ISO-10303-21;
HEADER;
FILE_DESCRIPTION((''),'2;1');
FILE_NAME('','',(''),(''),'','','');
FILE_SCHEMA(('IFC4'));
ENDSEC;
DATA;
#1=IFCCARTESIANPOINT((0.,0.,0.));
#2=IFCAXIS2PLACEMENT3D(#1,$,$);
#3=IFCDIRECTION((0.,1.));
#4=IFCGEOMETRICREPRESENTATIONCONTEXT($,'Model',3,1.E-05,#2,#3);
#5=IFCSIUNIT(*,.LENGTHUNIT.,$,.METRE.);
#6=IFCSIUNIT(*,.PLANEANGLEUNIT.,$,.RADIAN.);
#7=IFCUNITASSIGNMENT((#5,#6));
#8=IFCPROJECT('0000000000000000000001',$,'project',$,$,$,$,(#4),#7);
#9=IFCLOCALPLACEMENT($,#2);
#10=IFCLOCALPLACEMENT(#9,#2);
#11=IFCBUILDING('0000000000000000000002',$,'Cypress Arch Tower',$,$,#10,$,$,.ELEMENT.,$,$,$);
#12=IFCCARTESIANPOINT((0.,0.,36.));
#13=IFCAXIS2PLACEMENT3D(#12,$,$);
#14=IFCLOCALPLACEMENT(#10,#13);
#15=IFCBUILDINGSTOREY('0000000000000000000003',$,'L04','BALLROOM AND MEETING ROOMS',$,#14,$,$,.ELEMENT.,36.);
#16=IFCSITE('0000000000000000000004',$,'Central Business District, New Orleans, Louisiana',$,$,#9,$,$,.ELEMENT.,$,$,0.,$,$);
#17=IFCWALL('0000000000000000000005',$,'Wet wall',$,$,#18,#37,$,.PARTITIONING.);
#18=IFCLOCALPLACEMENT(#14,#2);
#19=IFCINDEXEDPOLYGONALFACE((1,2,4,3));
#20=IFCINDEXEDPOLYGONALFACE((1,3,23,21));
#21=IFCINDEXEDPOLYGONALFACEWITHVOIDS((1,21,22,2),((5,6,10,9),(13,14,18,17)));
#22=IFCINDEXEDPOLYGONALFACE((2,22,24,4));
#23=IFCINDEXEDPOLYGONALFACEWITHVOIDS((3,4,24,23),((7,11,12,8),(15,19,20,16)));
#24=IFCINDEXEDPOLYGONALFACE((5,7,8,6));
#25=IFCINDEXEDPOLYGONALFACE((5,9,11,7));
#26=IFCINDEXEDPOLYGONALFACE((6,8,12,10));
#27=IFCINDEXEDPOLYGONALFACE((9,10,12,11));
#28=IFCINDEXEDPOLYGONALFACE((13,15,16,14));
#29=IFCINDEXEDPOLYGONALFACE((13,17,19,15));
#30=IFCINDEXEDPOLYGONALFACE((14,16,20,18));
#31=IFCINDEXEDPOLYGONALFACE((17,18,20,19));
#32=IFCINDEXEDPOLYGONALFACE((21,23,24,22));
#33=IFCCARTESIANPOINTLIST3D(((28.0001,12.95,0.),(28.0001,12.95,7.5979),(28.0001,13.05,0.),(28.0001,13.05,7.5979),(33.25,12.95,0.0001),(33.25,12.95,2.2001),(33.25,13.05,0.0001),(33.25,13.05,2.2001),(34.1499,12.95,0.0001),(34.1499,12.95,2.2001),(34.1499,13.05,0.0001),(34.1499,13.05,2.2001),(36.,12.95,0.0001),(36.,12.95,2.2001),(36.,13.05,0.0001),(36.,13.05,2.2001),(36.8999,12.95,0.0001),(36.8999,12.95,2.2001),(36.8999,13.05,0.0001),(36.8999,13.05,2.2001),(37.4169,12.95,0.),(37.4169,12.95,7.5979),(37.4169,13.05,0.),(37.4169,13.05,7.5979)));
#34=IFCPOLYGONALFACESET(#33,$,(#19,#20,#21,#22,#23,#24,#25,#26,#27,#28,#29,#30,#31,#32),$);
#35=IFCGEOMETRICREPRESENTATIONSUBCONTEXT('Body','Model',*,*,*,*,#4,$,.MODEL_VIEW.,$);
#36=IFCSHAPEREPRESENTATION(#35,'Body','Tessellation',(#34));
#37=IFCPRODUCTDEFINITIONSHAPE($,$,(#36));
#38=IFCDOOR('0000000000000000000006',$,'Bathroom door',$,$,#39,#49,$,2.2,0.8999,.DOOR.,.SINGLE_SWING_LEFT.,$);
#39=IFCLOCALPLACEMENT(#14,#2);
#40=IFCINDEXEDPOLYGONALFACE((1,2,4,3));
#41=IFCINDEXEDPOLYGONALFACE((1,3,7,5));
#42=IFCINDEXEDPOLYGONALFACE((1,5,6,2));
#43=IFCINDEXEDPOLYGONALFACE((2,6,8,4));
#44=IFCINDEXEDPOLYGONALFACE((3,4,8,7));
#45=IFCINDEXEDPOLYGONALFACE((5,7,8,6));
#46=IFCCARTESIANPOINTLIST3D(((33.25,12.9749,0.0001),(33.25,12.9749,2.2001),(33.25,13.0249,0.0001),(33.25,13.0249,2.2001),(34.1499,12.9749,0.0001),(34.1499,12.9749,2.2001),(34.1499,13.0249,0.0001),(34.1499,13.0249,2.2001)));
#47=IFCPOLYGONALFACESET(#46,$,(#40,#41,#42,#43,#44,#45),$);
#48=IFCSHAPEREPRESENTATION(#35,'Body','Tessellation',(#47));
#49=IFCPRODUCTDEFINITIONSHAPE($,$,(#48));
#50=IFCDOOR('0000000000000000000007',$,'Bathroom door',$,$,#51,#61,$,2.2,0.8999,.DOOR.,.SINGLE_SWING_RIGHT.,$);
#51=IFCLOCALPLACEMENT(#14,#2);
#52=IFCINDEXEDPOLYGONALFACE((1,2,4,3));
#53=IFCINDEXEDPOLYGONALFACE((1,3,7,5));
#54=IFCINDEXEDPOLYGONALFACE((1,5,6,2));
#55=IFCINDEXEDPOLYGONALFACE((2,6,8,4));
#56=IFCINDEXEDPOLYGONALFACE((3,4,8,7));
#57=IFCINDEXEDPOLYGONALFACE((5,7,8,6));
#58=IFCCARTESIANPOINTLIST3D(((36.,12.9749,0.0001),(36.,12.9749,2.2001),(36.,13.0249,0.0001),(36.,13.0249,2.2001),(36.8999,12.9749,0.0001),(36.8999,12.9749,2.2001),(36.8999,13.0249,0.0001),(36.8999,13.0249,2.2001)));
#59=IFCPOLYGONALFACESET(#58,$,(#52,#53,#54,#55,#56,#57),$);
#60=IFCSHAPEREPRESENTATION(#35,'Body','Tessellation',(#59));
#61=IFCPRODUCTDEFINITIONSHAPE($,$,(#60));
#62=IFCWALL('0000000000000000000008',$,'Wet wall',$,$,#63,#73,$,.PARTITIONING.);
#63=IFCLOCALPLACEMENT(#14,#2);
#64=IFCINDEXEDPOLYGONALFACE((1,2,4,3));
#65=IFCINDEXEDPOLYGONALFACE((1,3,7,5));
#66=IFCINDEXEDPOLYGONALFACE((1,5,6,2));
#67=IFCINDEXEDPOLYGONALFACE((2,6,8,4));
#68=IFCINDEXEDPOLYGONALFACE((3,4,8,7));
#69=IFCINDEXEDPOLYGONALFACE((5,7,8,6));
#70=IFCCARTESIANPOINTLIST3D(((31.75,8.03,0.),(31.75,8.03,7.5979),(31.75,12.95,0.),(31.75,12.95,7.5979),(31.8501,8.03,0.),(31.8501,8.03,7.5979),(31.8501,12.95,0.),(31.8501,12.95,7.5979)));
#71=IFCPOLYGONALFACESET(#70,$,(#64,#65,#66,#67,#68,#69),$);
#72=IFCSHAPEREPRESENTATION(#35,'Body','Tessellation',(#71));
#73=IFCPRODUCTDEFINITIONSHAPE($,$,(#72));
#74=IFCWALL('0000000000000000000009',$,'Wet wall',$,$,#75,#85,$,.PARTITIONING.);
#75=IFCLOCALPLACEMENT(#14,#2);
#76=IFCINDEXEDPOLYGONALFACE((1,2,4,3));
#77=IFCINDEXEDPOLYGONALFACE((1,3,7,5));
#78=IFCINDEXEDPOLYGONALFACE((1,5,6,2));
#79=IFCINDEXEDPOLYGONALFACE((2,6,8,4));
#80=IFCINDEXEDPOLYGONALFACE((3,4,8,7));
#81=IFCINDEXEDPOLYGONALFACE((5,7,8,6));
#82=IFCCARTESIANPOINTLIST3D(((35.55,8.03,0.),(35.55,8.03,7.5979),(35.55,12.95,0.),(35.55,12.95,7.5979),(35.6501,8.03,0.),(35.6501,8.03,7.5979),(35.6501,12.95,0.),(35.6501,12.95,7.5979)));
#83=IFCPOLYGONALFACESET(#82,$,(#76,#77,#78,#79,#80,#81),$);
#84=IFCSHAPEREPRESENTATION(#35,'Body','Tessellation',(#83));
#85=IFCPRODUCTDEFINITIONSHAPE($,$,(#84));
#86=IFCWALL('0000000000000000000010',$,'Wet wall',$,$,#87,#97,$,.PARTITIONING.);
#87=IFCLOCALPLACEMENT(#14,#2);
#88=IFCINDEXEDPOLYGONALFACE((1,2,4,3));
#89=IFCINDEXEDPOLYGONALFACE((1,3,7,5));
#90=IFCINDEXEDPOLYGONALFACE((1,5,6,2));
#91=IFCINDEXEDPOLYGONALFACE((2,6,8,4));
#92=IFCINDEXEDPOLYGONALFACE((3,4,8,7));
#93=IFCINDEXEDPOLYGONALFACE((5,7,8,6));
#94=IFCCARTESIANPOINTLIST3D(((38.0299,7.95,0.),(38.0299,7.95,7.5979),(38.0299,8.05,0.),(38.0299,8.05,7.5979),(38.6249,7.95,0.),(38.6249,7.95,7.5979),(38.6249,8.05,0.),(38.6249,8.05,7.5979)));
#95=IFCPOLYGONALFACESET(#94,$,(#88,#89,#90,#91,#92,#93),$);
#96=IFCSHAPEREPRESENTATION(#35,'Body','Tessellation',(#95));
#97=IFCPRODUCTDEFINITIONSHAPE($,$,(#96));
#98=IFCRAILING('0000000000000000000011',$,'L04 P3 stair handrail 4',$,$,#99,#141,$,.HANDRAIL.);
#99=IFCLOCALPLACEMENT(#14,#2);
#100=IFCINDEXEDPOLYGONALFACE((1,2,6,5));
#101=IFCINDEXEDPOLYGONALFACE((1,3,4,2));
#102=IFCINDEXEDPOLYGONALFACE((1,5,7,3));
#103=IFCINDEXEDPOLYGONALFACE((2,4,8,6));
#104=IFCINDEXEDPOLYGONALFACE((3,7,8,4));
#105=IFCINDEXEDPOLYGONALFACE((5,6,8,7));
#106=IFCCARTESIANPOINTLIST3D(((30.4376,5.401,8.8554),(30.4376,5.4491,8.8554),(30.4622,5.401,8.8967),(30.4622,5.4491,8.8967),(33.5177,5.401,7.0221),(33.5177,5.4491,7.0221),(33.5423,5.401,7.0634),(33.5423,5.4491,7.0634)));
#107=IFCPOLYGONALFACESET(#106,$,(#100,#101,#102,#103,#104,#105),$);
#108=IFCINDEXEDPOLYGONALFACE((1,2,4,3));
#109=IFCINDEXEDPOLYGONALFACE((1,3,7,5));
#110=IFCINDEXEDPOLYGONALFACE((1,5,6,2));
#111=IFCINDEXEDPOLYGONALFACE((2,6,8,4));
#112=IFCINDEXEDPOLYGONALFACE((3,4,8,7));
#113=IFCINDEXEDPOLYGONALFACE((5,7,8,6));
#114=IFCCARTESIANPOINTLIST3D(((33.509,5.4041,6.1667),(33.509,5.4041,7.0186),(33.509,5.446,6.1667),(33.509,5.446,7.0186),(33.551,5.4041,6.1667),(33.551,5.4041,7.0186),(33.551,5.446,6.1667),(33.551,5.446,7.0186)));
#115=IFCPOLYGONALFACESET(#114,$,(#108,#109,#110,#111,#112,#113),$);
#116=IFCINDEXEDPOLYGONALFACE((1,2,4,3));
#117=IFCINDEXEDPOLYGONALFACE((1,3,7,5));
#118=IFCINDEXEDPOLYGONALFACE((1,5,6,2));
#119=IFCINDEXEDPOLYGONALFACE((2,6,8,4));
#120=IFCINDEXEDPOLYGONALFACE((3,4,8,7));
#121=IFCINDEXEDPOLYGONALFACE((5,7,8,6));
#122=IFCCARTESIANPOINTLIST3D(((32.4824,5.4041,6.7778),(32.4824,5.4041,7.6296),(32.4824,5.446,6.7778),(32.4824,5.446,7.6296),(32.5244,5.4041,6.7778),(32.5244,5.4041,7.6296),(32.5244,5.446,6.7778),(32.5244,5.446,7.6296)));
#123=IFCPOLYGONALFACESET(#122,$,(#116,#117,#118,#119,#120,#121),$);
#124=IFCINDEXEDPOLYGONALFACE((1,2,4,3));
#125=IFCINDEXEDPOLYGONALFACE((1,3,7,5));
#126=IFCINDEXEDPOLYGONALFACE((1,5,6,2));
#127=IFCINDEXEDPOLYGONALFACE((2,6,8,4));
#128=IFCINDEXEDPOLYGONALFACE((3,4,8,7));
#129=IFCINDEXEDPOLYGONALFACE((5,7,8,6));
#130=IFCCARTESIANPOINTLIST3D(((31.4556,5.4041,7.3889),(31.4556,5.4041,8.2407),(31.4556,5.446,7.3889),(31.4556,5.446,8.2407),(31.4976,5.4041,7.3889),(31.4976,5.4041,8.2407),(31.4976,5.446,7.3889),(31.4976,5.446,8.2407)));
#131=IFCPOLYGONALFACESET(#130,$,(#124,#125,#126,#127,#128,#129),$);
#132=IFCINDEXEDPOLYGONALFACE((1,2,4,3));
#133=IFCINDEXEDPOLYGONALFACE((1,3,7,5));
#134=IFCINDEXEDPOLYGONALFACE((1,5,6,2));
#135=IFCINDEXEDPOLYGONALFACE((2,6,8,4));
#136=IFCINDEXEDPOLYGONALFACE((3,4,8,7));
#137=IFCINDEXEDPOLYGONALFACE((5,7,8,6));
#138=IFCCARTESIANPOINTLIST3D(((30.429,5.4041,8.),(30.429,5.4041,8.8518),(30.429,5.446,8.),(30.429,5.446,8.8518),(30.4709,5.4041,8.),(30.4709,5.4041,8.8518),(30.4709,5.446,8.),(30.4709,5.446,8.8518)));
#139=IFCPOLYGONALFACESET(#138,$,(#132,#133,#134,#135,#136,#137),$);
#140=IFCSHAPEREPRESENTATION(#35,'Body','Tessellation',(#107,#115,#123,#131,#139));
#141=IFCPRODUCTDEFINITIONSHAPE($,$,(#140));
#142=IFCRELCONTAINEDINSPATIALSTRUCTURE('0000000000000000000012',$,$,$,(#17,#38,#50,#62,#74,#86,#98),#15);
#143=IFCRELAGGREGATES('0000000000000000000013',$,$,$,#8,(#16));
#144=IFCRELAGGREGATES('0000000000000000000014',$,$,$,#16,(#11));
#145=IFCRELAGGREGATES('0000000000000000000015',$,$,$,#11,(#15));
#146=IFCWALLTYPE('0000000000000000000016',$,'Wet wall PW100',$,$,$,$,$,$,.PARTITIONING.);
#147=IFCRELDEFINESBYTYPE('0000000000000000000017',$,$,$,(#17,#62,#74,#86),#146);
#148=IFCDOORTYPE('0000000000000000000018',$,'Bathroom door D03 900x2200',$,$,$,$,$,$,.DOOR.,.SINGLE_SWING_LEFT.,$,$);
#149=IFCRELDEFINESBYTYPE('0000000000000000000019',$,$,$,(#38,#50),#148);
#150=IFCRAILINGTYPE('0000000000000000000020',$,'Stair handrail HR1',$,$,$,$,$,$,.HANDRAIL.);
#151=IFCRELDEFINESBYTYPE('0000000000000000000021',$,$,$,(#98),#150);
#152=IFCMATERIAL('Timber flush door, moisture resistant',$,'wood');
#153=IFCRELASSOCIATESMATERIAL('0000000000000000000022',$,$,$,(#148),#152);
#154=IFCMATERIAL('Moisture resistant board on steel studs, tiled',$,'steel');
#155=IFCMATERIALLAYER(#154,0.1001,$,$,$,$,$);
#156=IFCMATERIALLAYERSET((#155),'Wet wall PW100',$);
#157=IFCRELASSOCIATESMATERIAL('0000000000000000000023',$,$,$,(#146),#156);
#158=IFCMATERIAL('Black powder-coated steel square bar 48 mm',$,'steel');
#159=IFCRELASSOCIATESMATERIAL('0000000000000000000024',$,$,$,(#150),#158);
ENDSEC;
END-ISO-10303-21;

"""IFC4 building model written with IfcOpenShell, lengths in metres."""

from ifc_helpers import new_model, si_unit, direction, frame, frame_2d, origin, origin_2d, place, context, subcontext, project, spatial, rectangle, extrude, material, layer, layer_set, type_object, element, fill, save


model = new_model("IFC4")

# Units and contexts
model_context = context("Model", 3, precision=1e-05, world=origin(), true_north=direction((0.0, 1.0)))
body_context = subcontext(model_context, "Body", "Model", "MODEL_VIEW")
ifc_project = project(units=[si_unit("LENGTHUNIT", "METRE"), si_unit("PLANEANGLEUNIT", "RADIAN")], contexts=[model_context])

# Site, building, storey
site_placement = place(None, origin())
site = spatial("IfcSite", under=ifc_project, at=site_placement, Name="Central Business District, New Orleans, Louisiana", CompositionType="ELEMENT", RefElevation=0.0)
building_placement = place(site_placement, origin())
building = spatial("IfcBuilding", under=site, at=building_placement, Name="Cypress Arch Tower", CompositionType="ELEMENT")
storey_placement = place(building_placement, frame((0.0, 0.0, 36.0)))
storey = spatial("IfcBuildingStorey", under=building, at=storey_placement, Name="L04", Description="BALLROOM AND MEETING ROOMS", CompositionType="ELEMENT", Elevation=36.0)

# Shared definitions
ifc_material_1 = material(Name="Timber flush door, moisture resistant", Category="wood")
door_type = type_object("IfcDoorType", Name="Bathroom door D03 900x2200", OperationType="SINGLE_SWING_LEFT", PredefinedType="DOOR", material=ifc_material_1)

# Wall, openings, doors
ifc_material_2 = material(Name="Moisture resistant board on steel studs, tiled", Category="steel")
ifc_layer_1 = layer(ifc_material_2, 0.1001)
ifc_layer_set_1 = layer_set([ifc_layer_1], Name="Wet wall PW100")
wall_type_1 = type_object("IfcWallType", Name="Wet wall PW100", PredefinedType="PARTITIONING", material=ifc_layer_set_1)
wall_1_placement = place(storey_placement, frame((28.0, 13.0, 0.0), z_axis=(0.0, 0.0, 1.0), x_axis=(1.0, 0.0, 0.0)))
wall_1 = element("IfcWall", 1, at=wall_1_placement, inside=storey, type_object=wall_type_1, Name="Wet wall", PredefinedType="PARTITIONING", context=body_context, shape_type="SweptSolid", body=[
    extrude(rectangle(XDim=9.4167, YDim=0.1001, at=frame_2d((4.7085, 0.0))), origin(), (0.0, 0.0, 1.0), 7.5979),
])
opening_1_placement = place(wall_1_placement, frame((5.25, 0.0, 0.0)))
opening_1 = element("IfcOpeningElement", 2, at=opening_1_placement, cuts=wall_1, PredefinedType="OPENING", context=body_context, shape_type="SweptSolid", body=[
    extrude(rectangle(XDim=0.8999, YDim=2.2, at=frame_2d((0.45, 1.1001))), frame((0.0, 0.0601, 0.0), z_axis=(0.0, -1.0, 0.0), x_axis=(1.0, 0.0, 0.0)), (0.0, 0.0, 1.0), 0.1201),
])
opening_2_placement = place(wall_1_placement, frame((8.0, 0.0, 0.0)))
opening_2 = element("IfcOpeningElement", 3, at=opening_2_placement, cuts=wall_1, PredefinedType="OPENING", context=body_context, shape_type="SweptSolid", body=[
    extrude(rectangle(XDim=0.8999, YDim=2.2, at=frame_2d((0.45, 1.1001))), frame((0.0, 0.0601, 0.0), z_axis=(0.0, -1.0, 0.0), x_axis=(1.0, 0.0, 0.0)), (0.0, 0.0, 1.0), 0.1201),
])
door_1_placement = place(opening_1_placement, origin())
door_1 = element("IfcDoor", 4, at=door_1_placement, inside=storey, type_object=door_type, Name="Bathroom door", OperationType="SINGLE_SWING_LEFT", OverallHeight=2.2, OverallWidth=0.8999, PredefinedType="DOOR", context=body_context, shape_type="SweptSolid", body=[
    extrude(rectangle(XDim=0.8999, YDim=2.2, at=frame_2d((0.45, 1.1001))), frame((0.0, 0.0249, 0.0), z_axis=(0.0, -1.0, 0.0), x_axis=(1.0, 0.0, 0.0)), (0.0, 0.0, 1.0), 0.05),
])
fill(opening_1, door_1)
door_2_placement = place(opening_2_placement, origin())
door_2 = element("IfcDoor", 5, at=door_2_placement, inside=storey, type_object=door_type, Name="Bathroom door", OperationType="SINGLE_SWING_RIGHT", OverallHeight=2.2, OverallWidth=0.8999, PredefinedType="DOOR", context=body_context, shape_type="SweptSolid", body=[
    extrude(rectangle(XDim=0.8999, YDim=2.2, at=frame_2d((0.45, 1.1001))), frame((0.0, 0.0249, 0.0), z_axis=(0.0, -1.0, 0.0), x_axis=(1.0, 0.0, 0.0)), (0.0, 0.0, 1.0), 0.05),
])
fill(opening_2, door_2)

# Walls
for number, where, z_axis, x_axis, name in (
    (6, (31.8, 8.03, 0.0), (0.0, 0.0, 1.0), (0.0, 1.0, 0.0), "Wet wall"),
    (7, (35.6001, 8.03, 0.0), (0.0, 0.0, 1.0), (0.0, 1.0, 0.0), "Wet wall"),
):
    element("IfcWall", number, at=place(storey_placement, frame(where, z_axis=z_axis, x_axis=x_axis)), inside=storey, type_object=wall_type_1, Name=name, PredefinedType="PARTITIONING", context=body_context, shape_type="SweptSolid", body=[
        extrude(rectangle(XDim=4.9199, YDim=0.1001, at=frame_2d((2.46, 0.0))), origin(), (0.0, 0.0, 1.0), 7.5979),
    ])
wall_2_placement = place(storey_placement, frame((38.03, 8.0, 0.0), z_axis=(0.0, 0.0, 1.0), x_axis=(1.0, 0.0, 0.0)))
element("IfcWall", 8, at=wall_2_placement, inside=storey, type_object=wall_type_1, Name="Wet wall", PredefinedType="PARTITIONING", context=body_context, shape_type="SweptSolid", body=[
    extrude(rectangle(XDim=0.595, YDim=0.1001, at=frame_2d((0.2974, 0.0))), origin(), (0.0, 0.0, 1.0), 7.5979),
])

# Railing
ifc_material_3 = material(Name="Black powder-coated steel square bar 48 mm", Category="steel")
railing_type = type_object("IfcRailingType", Name="Stair handrail HR1", PredefinedType="HANDRAIL", material=ifc_material_3)
railing_placement = place(storey_placement, frame((33.53, 5.425, 6.1667)))
element("IfcRailing", 9, at=railing_placement, inside=storey, type_object=railing_type, Name="L04 P3 stair handrail 4", PredefinedType="HANDRAIL", context=body_context, shape_type="SweptSolid", body=[
    extrude(rectangle(XDim=0.0481, YDim=0.0481, at=origin_2d()), frame((0.0, 0.0, 0.876), z_axis=(-0.859309, 0.0, 0.511458), x_axis=(0.0, -1.0, 0.0)), (0.0, 0.0, 1.0), 3.5845),
    extrude(rectangle(XDim=0.042, YDim=0.042, at=origin_2d()), origin(), (0.0, 0.0, 1.0), 0.8518),
    extrude(rectangle(XDim=0.042, YDim=0.042, at=origin_2d()), frame((-1.0266, 0.0, 0.6111)), (0.0, 0.0, 1.0), 0.8518),
    extrude(rectangle(XDim=0.042, YDim=0.042, at=origin_2d()), frame((-2.0535, 0.0, 1.2222)), (0.0, 0.0, 1.0), 0.8518),
    extrude(rectangle(XDim=0.042, YDim=0.042, at=origin_2d()), frame((-3.0801, 0.0, 1.8333)), (0.0, 0.0, 1.0), 0.8518),
])

save(model, "model.ifc")
